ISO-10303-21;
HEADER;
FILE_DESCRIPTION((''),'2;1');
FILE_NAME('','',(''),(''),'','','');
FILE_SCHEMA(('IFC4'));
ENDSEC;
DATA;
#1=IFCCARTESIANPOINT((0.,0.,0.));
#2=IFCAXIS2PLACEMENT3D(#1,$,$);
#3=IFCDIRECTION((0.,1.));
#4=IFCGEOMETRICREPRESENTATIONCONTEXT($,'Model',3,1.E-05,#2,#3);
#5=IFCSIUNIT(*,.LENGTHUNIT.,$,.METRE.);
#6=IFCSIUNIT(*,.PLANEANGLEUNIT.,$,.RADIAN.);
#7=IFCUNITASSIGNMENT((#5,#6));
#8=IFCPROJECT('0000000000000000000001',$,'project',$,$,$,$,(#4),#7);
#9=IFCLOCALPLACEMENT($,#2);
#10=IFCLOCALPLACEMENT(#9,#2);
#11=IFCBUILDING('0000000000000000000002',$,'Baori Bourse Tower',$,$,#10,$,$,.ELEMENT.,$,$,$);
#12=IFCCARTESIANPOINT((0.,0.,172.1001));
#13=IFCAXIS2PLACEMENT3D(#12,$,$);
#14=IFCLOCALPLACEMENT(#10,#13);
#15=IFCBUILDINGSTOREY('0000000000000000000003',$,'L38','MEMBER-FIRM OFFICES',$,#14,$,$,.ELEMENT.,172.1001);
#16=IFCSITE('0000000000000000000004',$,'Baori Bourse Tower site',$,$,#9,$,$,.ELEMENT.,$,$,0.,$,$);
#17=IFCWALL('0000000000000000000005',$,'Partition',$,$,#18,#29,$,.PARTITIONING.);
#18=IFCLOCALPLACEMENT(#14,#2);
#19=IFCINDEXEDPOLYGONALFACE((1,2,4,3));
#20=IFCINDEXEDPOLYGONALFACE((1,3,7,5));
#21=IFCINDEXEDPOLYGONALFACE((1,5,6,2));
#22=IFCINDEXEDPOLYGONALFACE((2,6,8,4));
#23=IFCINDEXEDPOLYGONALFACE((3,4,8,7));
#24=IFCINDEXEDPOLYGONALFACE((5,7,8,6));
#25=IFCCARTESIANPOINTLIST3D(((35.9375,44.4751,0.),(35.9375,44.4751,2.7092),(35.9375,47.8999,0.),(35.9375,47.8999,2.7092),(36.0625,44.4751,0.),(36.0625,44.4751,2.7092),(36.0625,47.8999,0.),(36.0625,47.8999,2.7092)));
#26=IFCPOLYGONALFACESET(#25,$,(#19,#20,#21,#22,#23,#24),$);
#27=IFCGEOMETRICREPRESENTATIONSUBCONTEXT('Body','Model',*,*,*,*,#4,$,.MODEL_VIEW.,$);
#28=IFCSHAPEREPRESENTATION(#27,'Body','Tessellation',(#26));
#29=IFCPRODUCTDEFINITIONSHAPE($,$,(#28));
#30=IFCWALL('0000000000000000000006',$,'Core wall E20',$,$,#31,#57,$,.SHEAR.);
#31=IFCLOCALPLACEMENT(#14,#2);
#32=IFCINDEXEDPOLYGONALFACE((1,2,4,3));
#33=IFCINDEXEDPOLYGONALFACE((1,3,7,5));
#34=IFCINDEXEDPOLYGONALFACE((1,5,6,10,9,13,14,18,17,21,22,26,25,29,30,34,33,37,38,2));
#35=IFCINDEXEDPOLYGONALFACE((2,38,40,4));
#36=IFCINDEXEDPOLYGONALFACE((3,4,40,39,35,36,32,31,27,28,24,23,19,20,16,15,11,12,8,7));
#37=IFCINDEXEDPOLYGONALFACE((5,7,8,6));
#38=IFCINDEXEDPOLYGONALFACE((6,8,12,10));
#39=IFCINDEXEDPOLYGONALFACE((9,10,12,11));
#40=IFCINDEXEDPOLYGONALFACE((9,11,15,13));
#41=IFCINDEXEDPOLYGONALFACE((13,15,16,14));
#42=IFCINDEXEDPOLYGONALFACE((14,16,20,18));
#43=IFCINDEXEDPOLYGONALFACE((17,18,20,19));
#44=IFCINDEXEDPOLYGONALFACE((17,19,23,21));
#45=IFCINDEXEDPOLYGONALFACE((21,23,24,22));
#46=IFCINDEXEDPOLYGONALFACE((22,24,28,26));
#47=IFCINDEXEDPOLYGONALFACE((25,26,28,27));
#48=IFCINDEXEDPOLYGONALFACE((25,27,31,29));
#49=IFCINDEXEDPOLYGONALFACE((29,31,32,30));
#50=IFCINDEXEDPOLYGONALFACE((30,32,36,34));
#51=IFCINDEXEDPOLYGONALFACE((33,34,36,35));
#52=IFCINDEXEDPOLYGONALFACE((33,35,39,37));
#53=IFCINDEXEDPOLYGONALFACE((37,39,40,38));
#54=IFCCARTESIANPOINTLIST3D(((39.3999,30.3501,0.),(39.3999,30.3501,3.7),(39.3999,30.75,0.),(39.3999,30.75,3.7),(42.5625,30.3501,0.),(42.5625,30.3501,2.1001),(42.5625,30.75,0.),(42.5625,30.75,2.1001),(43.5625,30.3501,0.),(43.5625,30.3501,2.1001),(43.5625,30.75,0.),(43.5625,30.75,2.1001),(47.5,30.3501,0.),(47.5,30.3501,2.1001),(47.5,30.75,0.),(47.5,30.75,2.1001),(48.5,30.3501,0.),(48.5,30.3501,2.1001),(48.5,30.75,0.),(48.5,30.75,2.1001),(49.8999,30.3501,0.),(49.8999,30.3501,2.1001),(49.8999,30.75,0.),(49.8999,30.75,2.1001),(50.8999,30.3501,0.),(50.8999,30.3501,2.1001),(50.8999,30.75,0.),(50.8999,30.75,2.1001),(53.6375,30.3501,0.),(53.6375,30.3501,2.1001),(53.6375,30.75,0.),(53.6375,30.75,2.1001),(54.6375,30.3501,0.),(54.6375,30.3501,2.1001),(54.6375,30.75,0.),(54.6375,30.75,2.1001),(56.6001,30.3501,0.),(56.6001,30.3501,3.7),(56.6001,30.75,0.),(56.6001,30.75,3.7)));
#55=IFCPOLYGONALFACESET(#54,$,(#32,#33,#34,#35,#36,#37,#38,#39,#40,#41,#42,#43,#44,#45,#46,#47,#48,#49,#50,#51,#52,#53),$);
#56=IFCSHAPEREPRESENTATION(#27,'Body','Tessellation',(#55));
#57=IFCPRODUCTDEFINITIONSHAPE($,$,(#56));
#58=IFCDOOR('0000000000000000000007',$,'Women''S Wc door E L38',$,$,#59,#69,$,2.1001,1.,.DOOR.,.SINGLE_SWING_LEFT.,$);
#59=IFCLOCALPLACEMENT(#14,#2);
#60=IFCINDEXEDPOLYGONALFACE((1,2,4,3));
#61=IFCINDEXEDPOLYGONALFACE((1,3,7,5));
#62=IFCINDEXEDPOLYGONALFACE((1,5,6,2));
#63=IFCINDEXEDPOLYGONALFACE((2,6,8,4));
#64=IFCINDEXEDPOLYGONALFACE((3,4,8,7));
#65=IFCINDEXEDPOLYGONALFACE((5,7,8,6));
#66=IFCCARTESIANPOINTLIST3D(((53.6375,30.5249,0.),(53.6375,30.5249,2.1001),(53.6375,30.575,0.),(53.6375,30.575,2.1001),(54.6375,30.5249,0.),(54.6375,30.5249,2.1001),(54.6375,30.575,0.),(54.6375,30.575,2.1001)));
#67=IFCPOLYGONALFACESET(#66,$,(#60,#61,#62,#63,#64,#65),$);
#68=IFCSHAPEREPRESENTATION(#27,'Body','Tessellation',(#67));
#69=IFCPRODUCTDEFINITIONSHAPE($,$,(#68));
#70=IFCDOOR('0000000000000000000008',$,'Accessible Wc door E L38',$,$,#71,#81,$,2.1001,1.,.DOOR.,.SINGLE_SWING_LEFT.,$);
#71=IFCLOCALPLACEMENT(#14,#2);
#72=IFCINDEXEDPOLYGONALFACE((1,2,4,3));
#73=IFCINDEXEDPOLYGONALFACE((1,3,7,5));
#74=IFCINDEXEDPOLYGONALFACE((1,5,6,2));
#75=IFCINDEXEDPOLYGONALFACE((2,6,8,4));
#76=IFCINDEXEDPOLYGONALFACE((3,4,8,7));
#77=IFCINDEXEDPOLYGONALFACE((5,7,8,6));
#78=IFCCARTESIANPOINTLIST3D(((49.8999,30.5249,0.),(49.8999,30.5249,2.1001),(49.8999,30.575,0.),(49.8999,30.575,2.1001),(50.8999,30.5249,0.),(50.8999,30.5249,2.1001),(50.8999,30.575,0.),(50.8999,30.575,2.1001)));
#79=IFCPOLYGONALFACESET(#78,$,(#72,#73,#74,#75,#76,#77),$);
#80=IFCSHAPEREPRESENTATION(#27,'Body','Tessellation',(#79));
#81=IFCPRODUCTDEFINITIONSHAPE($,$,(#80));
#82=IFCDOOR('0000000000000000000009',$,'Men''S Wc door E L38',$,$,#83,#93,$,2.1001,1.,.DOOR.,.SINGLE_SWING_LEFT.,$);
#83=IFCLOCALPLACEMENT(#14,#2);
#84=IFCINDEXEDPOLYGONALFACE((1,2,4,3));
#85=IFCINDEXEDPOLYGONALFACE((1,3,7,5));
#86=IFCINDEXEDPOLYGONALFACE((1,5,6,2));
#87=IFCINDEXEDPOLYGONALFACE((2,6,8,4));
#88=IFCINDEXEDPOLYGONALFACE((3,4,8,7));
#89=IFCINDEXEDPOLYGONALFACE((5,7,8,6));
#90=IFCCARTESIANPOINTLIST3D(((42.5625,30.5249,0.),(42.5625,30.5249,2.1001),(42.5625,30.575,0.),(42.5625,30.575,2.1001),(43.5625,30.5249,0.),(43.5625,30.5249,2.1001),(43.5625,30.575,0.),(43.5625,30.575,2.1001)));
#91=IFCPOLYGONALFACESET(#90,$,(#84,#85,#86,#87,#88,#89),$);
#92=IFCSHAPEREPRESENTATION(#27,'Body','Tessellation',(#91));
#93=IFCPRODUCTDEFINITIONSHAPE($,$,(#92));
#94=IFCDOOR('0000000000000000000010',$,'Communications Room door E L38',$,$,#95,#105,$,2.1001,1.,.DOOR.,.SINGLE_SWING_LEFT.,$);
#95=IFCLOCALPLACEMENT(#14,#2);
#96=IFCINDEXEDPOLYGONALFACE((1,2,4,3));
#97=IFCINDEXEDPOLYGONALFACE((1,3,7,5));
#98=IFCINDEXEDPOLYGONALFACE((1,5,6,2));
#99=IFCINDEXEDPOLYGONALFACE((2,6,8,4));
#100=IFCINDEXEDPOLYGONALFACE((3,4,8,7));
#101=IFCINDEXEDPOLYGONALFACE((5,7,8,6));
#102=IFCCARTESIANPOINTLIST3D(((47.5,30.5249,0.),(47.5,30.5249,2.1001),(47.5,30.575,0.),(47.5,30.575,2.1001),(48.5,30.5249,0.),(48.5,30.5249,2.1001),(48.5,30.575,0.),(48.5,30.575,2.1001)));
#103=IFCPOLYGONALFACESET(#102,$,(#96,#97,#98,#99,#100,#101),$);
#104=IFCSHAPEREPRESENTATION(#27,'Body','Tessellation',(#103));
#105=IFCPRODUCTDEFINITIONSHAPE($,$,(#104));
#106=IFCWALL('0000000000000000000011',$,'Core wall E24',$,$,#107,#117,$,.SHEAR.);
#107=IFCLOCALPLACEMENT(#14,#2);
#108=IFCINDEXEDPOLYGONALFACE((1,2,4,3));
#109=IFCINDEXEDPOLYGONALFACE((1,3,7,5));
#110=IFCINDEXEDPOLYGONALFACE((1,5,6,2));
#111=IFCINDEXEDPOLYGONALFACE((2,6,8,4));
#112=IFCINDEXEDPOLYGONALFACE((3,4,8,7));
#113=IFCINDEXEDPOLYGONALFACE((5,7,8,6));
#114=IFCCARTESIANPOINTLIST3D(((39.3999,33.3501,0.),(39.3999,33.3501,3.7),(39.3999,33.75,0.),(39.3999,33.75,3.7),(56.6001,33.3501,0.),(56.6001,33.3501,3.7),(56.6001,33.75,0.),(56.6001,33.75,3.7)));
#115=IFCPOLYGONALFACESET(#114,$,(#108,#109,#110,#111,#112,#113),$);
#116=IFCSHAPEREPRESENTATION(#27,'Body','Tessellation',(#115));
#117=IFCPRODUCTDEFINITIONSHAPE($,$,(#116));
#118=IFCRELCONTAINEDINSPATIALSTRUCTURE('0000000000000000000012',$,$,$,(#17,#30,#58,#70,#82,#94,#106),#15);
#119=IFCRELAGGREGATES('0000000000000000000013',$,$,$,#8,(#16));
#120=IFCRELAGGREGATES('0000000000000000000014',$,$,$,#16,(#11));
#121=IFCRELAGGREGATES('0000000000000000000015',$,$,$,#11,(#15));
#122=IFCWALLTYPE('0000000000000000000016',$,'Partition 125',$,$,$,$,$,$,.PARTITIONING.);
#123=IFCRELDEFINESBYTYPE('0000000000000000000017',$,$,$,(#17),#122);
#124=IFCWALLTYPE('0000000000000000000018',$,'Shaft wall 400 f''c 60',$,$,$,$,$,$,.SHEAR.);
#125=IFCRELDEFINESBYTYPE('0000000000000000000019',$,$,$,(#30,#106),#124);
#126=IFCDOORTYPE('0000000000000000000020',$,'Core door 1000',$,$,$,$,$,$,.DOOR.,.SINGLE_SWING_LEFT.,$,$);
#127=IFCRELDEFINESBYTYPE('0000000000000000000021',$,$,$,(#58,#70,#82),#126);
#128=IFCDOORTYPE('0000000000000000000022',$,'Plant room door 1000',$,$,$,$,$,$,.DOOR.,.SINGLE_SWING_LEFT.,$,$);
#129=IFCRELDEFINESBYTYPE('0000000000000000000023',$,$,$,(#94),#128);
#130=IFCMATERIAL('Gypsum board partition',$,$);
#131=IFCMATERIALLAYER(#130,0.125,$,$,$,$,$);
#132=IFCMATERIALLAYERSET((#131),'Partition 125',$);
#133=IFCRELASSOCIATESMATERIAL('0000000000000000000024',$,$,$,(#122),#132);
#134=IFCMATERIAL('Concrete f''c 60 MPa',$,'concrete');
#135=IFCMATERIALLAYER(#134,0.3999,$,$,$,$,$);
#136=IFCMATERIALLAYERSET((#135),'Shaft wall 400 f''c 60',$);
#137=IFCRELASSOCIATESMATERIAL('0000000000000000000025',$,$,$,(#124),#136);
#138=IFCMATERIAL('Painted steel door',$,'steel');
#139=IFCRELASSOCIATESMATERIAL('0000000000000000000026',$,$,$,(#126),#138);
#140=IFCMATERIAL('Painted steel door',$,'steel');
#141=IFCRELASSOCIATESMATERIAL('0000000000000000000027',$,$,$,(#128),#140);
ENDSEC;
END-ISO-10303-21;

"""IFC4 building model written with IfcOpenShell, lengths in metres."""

from ifc_helpers import new_model, si_unit, direction, frame, frame_2d, origin, place, context, subcontext, project, spatial, rectangle, extrude, material, layer, layer_set, type_object, element, fill, save


model = new_model("IFC4")

# Units and contexts
model_context = context("Model", 3, precision=1e-05, world=origin(), true_north=direction((0.0, 1.0)))
body_context = subcontext(model_context, "Body", "Model", "MODEL_VIEW")
ifc_project = project(units=[si_unit("LENGTHUNIT", "METRE"), si_unit("PLANEANGLEUNIT", "RADIAN")], contexts=[model_context])

# Site, building, storey
site_placement = place(None, origin())
site = spatial("IfcSite", under=ifc_project, at=site_placement, Name="Baori Bourse Tower site", CompositionType="ELEMENT", RefElevation=0.0)
building_placement = place(site_placement, origin())
building = spatial("IfcBuilding", under=site, at=building_placement, Name="Baori Bourse Tower", CompositionType="ELEMENT")
storey_placement = place(building_placement, frame((0.0, 0.0, 172.1001)))
storey = spatial("IfcBuildingStorey", under=building, at=storey_placement, Name="L38", Description="MEMBER-FIRM OFFICES", CompositionType="ELEMENT", Elevation=172.1001)

# Wall
ifc_material_1 = material(Name="Gypsum board partition")
ifc_layer_1 = layer(ifc_material_1, 0.125)
ifc_layer_set_1 = layer_set([ifc_layer_1], Name="Partition 125")
wall_type_1 = type_object("IfcWallType", Name="Partition 125", PredefinedType="PARTITIONING", material=ifc_layer_set_1)
for number, where, z_axis, x_axis, name in (
    (1, (36.0, 44.4751, 0.0), (0.0, 0.0, 1.0), (0.0, 1.0, 0.0), "Partition"),
):
    element("IfcWall", number, at=place(storey_placement, frame(where, z_axis=z_axis, x_axis=x_axis)), inside=storey, type_object=wall_type_1, Name=name, PredefinedType="PARTITIONING", context=body_context, shape_type="SweptSolid", body=[
        extrude(rectangle(XDim=3.4248, YDim=0.125, at=frame_2d((1.7124, 0.0))), origin(), (0.0, 0.0, 1.0), 2.7092),
    ])

# Wall, openings, doors
ifc_material_2 = material(Name="Concrete f'c 60 MPa", Category="concrete")
ifc_layer_2 = layer(ifc_material_2, 0.3999)
ifc_layer_set_2 = layer_set([ifc_layer_2], Name="Shaft wall 400 f'c 60")
wall_type_2 = type_object("IfcWallType", Name="Shaft wall 400 f'c 60", PredefinedType="SHEAR", material=ifc_layer_set_2)
wall_1_placement = place(storey_placement, frame((39.3999, 30.55, 0.0), z_axis=(0.0, 0.0, 1.0), x_axis=(1.0, 0.0, 0.0)))
wall_1 = element("IfcWall", 2, at=wall_1_placement, inside=storey, type_object=wall_type_2, Name="Core wall E20", PredefinedType="SHEAR", context=body_context, shape_type="SweptSolid", body=[
    extrude(rectangle(XDim=17.2002, YDim=0.3999, at=frame_2d((8.6001, 0.0))), origin(), (0.0, 0.0, 1.0), 3.7),
])
opening_1_placement = place(wall_1_placement, frame((14.2375, 0.0, 0.0)))
opening_1 = element("IfcOpeningElement", 3, at=opening_1_placement, cuts=wall_1, PredefinedType="OPENING", context=body_context, shape_type="SweptSolid", body=[
    extrude(rectangle(XDim=1.0, YDim=2.1001, at=frame_2d((0.5, 1.05))), frame((0.0, 0.21, 0.0), z_axis=(0.0, -1.0, 0.0), x_axis=(1.0, 0.0, 0.0)), (0.0, 0.0, 1.0), 0.4199),
])
opening_2_placement = place(wall_1_placement, frame((10.5, 0.0, 0.0)))
opening_2 = element("IfcOpeningElement", 4, at=opening_2_placement, cuts=wall_1, PredefinedType="OPENING", context=body_context, shape_type="SweptSolid", body=[
    extrude(rectangle(XDim=1.0, YDim=2.1001, at=frame_2d((0.5, 1.05))), frame((0.0, 0.21, 0.0), z_axis=(0.0, -1.0, 0.0), x_axis=(1.0, 0.0, 0.0)), (0.0, 0.0, 1.0), 0.4199),
])
opening_3_placement = place(wall_1_placement, frame((8.1001, 0.0, 0.0)))
opening_3 = element("IfcOpeningElement", 5, at=opening_3_placement, cuts=wall_1, PredefinedType="OPENING", context=body_context, shape_type="SweptSolid", body=[
    extrude(rectangle(XDim=1.0, YDim=2.1001, at=frame_2d((0.5, 1.05))), frame((0.0, 0.21, 0.0), z_axis=(0.0, -1.0, 0.0), x_axis=(1.0, 0.0, 0.0)), (0.0, 0.0, 1.0), 0.4199),
])
opening_4_placement = place(wall_1_placement, frame((3.1626, 0.0, 0.0)))
opening_4 = element("IfcOpeningElement", 6, at=opening_4_placement, cuts=wall_1, PredefinedType="OPENING", context=body_context, shape_type="SweptSolid", body=[
    extrude(rectangle(XDim=1.0, YDim=2.1001, at=frame_2d((0.5, 1.05))), frame((0.0, 0.21, 0.0), z_axis=(0.0, -1.0, 0.0), x_axis=(1.0, 0.0, 0.0)), (0.0, 0.0, 1.0), 0.4199),
])
ifc_material_3 = material(Name="Painted steel door", Category="steel")
door_type_1 = type_object("IfcDoorType", Name="Core door 1000", OperationType="SINGLE_SWING_LEFT", PredefinedType="DOOR", material=ifc_material_3)
door_1_placement = place(opening_1_placement, origin())
door_1 = element("IfcDoor", 7, at=door_1_placement, inside=storey, type_object=door_type_1, Name="Women'S Wc door E L38", OperationType="SINGLE_SWING_LEFT", OverallHeight=2.1001, OverallWidth=1.0, PredefinedType="DOOR", context=body_context, shape_type="SweptSolid", body=[
    extrude(rectangle(XDim=1.0, YDim=2.1001, at=frame_2d((0.5, 1.05))), frame((0.0, 0.0249, 0.0), z_axis=(0.0, -1.0, 0.0), x_axis=(1.0, 0.0, 0.0)), (0.0, 0.0, 1.0), 0.05),
])
fill(opening_1, door_1)
door_2_placement = place(opening_2_placement, origin())
door_2 = element("IfcDoor", 8, at=door_2_placement, inside=storey, type_object=door_type_1, Name="Accessible Wc door E L38", OperationType="SINGLE_SWING_LEFT", OverallHeight=2.1001, OverallWidth=1.0, PredefinedType="DOOR", context=body_context, shape_type="SweptSolid", body=[
    extrude(rectangle(XDim=1.0, YDim=2.1001, at=frame_2d((0.5, 1.05))), frame((0.0, 0.0249, 0.0), z_axis=(0.0, -1.0, 0.0), x_axis=(1.0, 0.0, 0.0)), (0.0, 0.0, 1.0), 0.05),
])
fill(opening_2, door_2)
door_3_placement = place(opening_4_placement, origin())
door_3 = element("IfcDoor", 9, at=door_3_placement, inside=storey, type_object=door_type_1, Name="Men'S Wc door E L38", OperationType="SINGLE_SWING_LEFT", OverallHeight=2.1001, OverallWidth=1.0, PredefinedType="DOOR", context=body_context, shape_type="SweptSolid", body=[
    extrude(rectangle(XDim=1.0, YDim=2.1001, at=frame_2d((0.5, 1.05))), frame((0.0, 0.0249, 0.0), z_axis=(0.0, -1.0, 0.0), x_axis=(1.0, 0.0, 0.0)), (0.0, 0.0, 1.0), 0.05),
])
fill(opening_4, door_3)
ifc_material_4 = material(Name="Painted steel door", Category="steel")
door_type_2 = type_object("IfcDoorType", Name="Plant room door 1000", OperationType="SINGLE_SWING_LEFT", PredefinedType="DOOR", material=ifc_material_4)
door_4_placement = place(opening_3_placement, origin())
door_4 = element("IfcDoor", 10, at=door_4_placement, inside=storey, type_object=door_type_2, Name="Communications Room door E L38", OperationType="SINGLE_SWING_LEFT", OverallHeight=2.1001, OverallWidth=1.0, PredefinedType="DOOR", context=body_context, shape_type="SweptSolid", body=[
    extrude(rectangle(XDim=1.0, YDim=2.1001, at=frame_2d((0.5, 1.05))), frame((0.0, 0.0249, 0.0), z_axis=(0.0, -1.0, 0.0), x_axis=(1.0, 0.0, 0.0)), (0.0, 0.0, 1.0), 0.05),
])
fill(opening_3, door_4)

# Wall
wall_2_placement = place(storey_placement, frame((39.3999, 33.55, 0.0), z_axis=(0.0, 0.0, 1.0), x_axis=(1.0, 0.0, 0.0)))
element("IfcWall", 11, at=wall_2_placement, inside=storey, type_object=wall_type_2, Name="Core wall E24", PredefinedType="SHEAR", context=body_context, shape_type="SweptSolid", body=[
    extrude(rectangle(XDim=17.2002, YDim=0.3999, at=frame_2d((8.6001, 0.0))), origin(), (0.0, 0.0, 1.0), 3.7),
])

save(model, "model.ifc")
